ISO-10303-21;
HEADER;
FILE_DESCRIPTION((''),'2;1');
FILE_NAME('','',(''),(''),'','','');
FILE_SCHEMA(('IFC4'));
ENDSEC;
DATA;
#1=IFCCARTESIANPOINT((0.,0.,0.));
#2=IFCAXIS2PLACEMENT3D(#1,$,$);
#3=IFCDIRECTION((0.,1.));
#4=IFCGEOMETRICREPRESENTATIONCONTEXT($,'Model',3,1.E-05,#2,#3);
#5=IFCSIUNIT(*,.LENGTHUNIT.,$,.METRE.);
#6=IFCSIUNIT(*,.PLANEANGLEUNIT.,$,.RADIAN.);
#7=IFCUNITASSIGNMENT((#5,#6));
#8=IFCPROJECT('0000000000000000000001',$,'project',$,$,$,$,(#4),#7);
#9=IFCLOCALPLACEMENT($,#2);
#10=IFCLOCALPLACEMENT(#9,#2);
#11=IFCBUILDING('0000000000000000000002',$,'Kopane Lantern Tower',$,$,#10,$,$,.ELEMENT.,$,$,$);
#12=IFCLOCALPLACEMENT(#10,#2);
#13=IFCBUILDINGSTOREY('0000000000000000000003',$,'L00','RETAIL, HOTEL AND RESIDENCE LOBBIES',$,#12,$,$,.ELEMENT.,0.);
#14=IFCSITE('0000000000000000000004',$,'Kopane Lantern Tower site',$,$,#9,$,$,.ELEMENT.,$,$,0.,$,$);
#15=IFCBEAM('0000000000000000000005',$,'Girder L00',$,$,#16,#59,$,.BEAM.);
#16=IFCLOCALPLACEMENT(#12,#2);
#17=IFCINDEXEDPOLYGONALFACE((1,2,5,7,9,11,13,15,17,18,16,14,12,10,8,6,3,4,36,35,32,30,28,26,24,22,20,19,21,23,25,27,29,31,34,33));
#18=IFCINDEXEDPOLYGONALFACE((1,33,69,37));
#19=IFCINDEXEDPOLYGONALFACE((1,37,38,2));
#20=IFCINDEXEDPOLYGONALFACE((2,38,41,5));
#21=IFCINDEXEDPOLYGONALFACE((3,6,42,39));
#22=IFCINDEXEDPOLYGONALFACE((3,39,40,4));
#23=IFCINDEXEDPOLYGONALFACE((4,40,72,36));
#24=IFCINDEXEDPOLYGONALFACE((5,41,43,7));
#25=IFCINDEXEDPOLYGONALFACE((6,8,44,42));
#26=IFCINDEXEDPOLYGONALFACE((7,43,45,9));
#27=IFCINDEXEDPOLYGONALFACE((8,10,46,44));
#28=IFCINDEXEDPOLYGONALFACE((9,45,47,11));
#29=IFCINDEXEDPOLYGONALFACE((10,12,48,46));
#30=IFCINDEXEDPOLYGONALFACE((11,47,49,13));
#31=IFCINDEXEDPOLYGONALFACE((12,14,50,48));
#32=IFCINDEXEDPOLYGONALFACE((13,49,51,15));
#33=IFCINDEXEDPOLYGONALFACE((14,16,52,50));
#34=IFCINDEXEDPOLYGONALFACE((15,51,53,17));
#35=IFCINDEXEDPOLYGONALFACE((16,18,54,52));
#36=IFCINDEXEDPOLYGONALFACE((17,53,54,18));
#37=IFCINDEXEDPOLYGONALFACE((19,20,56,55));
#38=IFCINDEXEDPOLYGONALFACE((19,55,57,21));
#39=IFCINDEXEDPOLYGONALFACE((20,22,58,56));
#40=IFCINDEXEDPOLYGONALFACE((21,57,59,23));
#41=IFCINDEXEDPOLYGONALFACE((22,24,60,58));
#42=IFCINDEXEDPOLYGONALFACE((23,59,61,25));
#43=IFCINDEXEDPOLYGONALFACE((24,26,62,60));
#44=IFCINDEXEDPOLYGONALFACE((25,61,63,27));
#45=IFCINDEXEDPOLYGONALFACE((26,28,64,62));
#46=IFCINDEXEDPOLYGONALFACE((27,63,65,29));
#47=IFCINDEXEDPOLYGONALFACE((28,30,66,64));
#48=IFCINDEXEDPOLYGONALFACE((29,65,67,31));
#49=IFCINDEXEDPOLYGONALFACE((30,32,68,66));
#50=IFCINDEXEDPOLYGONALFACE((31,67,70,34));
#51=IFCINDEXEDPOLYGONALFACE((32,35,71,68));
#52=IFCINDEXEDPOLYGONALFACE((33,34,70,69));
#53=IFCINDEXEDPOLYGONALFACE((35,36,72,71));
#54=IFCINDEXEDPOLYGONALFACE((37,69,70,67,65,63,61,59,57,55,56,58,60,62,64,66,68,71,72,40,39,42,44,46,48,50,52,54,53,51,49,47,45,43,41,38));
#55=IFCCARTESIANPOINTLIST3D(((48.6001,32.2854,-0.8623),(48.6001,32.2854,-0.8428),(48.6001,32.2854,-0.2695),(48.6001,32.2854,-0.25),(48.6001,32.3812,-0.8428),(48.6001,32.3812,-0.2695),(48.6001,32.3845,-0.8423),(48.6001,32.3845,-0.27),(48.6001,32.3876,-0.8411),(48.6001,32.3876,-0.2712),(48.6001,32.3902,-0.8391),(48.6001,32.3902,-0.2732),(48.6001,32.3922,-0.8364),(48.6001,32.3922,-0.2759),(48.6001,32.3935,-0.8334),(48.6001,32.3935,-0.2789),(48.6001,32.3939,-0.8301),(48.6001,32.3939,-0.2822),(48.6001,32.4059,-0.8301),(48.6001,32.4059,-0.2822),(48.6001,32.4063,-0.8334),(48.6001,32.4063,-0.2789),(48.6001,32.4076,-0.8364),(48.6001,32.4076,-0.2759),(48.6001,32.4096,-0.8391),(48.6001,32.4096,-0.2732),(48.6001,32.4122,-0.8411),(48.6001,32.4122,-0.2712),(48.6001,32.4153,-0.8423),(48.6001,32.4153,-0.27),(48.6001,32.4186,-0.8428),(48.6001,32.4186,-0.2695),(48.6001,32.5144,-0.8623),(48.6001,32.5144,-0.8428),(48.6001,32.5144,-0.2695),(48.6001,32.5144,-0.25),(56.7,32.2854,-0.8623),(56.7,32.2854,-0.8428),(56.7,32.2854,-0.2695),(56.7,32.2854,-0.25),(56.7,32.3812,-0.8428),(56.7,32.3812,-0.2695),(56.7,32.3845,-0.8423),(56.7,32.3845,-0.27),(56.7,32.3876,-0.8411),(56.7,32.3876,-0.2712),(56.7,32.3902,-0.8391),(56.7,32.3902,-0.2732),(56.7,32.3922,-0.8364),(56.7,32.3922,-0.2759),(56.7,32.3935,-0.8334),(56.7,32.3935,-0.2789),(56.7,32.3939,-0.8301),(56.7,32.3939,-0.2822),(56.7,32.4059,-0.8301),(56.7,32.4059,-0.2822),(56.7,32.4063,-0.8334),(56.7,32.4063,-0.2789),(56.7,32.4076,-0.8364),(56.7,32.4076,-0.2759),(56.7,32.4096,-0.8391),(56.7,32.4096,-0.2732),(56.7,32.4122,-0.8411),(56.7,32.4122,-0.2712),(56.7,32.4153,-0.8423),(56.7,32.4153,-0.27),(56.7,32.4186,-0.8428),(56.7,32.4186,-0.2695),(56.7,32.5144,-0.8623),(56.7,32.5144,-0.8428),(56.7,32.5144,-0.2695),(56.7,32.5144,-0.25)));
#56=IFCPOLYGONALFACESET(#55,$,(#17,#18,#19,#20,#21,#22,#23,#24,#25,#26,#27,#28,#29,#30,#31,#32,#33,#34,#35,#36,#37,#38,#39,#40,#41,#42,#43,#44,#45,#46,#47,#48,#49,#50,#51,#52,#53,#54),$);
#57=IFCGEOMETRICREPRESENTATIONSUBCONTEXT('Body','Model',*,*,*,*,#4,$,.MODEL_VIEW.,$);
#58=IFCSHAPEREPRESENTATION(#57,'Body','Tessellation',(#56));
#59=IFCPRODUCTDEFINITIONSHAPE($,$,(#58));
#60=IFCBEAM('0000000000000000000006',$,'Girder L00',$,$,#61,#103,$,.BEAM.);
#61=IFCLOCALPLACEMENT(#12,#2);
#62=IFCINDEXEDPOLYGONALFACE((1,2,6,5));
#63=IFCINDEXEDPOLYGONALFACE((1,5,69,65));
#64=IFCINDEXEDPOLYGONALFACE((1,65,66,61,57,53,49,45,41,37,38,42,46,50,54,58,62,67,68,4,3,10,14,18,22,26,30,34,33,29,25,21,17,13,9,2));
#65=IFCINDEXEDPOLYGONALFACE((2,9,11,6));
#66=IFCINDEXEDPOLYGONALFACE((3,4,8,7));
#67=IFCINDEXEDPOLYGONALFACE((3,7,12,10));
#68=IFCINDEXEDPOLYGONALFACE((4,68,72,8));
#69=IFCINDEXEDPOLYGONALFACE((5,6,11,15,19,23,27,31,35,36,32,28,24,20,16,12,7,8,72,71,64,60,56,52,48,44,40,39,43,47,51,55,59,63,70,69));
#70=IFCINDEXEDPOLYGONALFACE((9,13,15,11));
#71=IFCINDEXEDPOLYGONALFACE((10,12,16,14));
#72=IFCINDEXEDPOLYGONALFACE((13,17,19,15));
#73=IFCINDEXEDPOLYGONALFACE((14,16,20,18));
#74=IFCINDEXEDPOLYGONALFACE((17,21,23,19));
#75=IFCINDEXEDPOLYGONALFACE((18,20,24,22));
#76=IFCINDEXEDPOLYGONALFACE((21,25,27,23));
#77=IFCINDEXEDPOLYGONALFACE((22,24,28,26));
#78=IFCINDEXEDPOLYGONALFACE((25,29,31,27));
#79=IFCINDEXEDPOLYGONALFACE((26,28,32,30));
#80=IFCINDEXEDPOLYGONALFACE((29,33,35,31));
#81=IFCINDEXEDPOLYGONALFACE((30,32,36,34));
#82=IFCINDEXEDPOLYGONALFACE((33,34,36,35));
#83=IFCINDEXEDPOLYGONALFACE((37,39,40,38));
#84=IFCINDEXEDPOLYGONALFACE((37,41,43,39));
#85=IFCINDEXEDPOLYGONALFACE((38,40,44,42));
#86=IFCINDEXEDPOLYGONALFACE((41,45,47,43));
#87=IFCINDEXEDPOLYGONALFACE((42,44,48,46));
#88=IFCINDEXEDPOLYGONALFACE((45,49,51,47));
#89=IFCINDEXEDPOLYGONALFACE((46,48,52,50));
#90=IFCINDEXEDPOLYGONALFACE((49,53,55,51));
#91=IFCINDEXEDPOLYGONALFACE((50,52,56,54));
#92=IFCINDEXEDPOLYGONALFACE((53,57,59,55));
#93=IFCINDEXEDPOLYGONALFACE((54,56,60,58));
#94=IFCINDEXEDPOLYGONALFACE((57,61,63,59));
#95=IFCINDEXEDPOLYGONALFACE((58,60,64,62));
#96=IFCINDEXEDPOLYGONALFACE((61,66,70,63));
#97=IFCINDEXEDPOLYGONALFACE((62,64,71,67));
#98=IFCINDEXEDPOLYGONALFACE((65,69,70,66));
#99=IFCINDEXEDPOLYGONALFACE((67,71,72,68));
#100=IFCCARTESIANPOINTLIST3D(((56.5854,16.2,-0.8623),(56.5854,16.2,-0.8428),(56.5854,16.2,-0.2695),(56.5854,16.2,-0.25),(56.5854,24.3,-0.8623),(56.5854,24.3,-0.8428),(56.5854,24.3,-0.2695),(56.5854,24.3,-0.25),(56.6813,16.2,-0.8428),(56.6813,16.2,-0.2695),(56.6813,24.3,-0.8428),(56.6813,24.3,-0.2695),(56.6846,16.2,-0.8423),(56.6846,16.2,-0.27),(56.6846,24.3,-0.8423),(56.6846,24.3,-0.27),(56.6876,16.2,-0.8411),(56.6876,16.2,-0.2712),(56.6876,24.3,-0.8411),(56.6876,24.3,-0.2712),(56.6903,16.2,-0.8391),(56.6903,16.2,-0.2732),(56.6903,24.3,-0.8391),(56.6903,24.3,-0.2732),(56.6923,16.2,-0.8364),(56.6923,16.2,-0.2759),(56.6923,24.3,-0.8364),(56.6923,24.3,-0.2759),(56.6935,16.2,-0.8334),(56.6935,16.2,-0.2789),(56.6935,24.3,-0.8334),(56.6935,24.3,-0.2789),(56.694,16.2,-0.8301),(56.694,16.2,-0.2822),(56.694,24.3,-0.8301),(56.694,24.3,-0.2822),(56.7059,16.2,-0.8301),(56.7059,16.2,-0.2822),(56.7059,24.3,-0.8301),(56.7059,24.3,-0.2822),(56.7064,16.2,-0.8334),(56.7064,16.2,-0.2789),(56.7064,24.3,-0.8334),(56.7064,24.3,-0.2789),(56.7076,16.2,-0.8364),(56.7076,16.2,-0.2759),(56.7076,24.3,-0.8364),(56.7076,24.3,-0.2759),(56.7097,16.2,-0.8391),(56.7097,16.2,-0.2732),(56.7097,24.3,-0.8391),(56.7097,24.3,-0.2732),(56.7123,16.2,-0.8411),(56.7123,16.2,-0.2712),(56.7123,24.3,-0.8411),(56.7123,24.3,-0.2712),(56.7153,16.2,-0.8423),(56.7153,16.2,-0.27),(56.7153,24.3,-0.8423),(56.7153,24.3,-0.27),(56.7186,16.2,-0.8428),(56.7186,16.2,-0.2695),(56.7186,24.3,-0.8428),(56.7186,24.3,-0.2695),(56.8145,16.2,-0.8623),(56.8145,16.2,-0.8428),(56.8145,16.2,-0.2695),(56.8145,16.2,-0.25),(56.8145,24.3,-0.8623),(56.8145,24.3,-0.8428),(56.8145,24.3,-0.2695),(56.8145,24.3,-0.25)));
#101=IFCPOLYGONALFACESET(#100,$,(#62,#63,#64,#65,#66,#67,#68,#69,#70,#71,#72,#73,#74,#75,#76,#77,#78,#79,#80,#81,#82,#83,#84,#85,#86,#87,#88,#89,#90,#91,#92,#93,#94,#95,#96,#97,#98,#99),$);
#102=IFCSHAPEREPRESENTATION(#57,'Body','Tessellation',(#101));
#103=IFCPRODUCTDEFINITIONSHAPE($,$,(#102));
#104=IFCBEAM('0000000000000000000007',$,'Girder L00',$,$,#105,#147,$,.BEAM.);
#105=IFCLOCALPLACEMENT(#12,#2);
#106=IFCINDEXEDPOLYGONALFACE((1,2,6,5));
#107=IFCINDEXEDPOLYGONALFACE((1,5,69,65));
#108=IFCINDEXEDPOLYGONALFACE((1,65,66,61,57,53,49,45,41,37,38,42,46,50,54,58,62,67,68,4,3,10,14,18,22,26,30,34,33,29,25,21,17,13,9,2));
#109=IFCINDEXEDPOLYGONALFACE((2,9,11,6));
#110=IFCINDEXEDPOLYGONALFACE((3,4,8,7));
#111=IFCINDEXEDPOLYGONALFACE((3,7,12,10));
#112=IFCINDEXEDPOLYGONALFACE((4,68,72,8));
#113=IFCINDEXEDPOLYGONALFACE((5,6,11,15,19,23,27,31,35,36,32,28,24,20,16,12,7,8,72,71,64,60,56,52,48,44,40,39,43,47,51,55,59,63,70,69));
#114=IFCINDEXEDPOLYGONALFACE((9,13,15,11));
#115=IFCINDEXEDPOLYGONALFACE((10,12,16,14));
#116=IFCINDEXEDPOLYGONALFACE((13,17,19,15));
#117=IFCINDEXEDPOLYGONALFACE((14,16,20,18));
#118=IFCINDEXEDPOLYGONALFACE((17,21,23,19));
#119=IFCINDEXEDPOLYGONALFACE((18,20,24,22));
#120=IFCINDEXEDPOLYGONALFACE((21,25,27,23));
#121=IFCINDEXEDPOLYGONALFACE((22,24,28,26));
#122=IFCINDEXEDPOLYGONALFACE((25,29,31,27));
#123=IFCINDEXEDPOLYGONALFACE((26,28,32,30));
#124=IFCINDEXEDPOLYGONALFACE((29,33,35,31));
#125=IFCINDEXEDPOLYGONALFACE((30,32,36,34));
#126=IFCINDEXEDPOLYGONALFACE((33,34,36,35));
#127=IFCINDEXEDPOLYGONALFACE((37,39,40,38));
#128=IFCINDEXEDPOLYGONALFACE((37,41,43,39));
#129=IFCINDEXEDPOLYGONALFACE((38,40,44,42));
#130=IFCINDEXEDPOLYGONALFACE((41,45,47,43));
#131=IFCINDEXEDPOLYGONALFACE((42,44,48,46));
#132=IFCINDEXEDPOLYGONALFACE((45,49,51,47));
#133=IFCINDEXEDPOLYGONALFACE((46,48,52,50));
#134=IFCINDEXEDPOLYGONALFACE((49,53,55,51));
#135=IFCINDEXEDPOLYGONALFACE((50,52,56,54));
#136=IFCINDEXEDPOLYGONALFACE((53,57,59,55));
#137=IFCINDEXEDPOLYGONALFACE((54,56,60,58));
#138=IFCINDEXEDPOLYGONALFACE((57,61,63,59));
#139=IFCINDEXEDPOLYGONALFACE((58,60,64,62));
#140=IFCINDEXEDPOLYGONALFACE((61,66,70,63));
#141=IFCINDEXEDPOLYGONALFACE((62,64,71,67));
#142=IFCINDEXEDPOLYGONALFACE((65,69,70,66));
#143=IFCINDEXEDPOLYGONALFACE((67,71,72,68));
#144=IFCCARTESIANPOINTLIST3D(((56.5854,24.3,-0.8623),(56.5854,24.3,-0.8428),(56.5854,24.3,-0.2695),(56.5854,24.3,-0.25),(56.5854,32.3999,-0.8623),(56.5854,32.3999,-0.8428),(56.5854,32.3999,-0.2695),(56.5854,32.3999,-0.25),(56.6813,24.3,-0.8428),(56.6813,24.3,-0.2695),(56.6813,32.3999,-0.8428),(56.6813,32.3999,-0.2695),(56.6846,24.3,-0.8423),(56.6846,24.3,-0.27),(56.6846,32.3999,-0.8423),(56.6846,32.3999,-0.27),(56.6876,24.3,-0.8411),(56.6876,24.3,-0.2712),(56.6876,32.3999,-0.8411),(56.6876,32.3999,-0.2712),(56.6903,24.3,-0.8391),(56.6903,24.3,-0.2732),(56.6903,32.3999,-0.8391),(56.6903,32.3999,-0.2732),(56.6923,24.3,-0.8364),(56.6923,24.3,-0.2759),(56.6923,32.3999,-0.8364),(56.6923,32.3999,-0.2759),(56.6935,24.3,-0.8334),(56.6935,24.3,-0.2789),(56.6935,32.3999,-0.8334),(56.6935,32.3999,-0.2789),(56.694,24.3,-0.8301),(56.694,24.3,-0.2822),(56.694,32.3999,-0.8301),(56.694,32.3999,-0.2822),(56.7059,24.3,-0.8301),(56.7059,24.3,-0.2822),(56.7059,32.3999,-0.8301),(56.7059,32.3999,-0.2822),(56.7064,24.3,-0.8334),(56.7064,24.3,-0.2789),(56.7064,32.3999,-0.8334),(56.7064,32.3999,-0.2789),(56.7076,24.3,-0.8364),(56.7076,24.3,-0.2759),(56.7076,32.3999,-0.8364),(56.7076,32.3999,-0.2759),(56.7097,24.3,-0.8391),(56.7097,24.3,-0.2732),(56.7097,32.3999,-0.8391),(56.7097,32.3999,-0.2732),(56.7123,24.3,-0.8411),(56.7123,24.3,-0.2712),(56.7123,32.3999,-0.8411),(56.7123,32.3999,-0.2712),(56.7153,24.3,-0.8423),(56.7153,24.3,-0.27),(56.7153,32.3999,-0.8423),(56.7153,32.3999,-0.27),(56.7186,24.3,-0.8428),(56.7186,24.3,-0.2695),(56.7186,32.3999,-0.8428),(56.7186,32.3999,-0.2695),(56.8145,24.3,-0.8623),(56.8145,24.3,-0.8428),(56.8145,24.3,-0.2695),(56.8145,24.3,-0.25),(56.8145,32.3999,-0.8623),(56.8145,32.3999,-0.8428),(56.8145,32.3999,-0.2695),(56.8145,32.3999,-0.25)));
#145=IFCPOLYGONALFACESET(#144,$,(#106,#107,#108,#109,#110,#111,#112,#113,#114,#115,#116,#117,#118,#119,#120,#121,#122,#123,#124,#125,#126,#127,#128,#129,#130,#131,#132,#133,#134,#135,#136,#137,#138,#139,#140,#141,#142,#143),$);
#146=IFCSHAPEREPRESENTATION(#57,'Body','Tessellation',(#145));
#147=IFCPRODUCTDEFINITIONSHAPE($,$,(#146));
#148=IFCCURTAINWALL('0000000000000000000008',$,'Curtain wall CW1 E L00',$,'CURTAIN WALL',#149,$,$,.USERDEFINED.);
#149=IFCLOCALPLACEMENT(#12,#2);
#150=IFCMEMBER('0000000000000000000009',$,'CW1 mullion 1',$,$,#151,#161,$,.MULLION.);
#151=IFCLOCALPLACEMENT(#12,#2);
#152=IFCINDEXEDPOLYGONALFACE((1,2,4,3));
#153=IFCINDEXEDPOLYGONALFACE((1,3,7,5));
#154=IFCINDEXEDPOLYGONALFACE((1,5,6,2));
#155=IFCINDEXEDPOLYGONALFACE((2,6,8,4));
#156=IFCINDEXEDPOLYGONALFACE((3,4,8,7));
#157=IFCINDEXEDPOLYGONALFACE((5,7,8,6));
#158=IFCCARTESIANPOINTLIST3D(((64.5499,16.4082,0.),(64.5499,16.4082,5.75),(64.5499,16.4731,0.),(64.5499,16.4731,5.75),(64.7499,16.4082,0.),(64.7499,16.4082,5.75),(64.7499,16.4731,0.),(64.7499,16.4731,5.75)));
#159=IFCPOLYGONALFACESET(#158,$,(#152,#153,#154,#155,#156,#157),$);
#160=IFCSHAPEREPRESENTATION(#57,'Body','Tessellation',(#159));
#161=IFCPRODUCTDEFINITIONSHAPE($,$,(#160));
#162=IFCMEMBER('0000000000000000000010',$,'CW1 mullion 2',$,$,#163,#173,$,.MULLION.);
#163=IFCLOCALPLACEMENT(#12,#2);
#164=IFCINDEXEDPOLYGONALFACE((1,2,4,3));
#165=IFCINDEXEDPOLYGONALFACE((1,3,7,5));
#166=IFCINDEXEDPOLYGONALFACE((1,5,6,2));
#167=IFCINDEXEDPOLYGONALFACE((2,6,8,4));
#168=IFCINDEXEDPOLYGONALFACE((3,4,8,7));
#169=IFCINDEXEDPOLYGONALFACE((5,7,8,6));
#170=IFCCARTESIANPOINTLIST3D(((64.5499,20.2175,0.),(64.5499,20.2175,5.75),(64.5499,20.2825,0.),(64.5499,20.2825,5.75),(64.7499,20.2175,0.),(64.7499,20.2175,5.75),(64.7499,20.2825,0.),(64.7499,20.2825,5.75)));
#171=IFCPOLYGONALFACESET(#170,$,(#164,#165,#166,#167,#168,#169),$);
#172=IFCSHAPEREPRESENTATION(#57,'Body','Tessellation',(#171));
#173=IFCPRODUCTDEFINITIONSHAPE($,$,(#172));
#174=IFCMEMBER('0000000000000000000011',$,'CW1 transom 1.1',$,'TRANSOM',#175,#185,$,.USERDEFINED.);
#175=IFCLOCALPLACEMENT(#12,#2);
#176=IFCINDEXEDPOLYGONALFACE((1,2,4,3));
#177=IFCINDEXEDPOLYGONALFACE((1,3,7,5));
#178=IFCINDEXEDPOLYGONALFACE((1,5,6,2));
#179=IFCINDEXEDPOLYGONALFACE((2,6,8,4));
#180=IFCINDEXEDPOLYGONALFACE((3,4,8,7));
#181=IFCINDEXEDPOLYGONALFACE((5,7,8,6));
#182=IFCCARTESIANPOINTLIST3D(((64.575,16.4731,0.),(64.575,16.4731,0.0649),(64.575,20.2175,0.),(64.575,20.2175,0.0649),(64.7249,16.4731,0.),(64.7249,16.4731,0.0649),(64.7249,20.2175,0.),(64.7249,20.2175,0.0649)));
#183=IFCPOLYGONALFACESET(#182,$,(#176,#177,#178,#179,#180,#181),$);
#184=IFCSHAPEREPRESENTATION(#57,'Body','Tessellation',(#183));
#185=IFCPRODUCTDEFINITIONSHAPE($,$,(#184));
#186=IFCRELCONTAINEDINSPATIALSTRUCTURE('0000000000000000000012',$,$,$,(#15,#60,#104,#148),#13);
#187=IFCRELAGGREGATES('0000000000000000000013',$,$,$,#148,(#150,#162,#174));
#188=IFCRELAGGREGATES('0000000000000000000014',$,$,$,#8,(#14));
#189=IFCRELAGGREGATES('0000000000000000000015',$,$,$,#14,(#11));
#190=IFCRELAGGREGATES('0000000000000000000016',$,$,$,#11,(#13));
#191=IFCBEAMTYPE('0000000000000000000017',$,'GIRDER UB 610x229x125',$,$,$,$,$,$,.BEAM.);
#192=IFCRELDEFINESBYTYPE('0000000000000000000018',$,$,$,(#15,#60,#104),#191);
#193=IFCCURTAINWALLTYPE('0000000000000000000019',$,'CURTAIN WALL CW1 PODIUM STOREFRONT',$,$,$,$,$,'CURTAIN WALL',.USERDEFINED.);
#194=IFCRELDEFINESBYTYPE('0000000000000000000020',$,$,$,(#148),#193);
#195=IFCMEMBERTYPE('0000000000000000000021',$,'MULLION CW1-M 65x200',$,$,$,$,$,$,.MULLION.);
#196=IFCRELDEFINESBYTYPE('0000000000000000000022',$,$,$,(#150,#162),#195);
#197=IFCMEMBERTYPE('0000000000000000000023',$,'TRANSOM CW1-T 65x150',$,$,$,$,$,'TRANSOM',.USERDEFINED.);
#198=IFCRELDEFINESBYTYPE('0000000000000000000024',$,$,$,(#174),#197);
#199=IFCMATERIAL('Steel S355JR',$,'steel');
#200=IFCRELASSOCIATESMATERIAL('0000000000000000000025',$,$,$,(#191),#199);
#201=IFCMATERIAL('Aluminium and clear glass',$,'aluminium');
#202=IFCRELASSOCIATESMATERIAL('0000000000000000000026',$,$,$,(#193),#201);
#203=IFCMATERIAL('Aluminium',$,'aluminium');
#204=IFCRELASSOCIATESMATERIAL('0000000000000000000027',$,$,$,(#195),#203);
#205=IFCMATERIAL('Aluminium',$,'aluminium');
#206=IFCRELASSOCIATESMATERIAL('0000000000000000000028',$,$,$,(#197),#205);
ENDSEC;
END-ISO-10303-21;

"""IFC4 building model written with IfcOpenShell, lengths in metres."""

from ifc_helpers import new_model, si_unit, direction, frame, origin, origin_2d, place, context, subcontext, project, spatial, rectangle, i_section, extrude, material, material_profile, profile_set, type_object, element, aggregate, save


model = new_model("IFC4")

# Units and contexts
model_context = context("Model", 3, precision=1e-05, world=origin(), true_north=direction((0.0, 1.0)))
body_context = subcontext(model_context, "Body", "Model", "MODEL_VIEW")
ifc_project = project(units=[si_unit("LENGTHUNIT", "METRE"), si_unit("PLANEANGLEUNIT", "RADIAN")], contexts=[model_context])

# Site, building, storey
site_placement = place(None, origin())
site = spatial("IfcSite", under=ifc_project, at=site_placement, Name="Kopane Lantern Tower site", CompositionType="ELEMENT", RefElevation=0.0)
building_placement = place(site_placement, origin())
building = spatial("IfcBuilding", under=site, at=building_placement, Name="Kopane Lantern Tower", CompositionType="ELEMENT")
storey_placement = place(building_placement, origin())
storey = spatial("IfcBuildingStorey", under=building, at=storey_placement, Name="L00", Description="RETAIL, HOTEL AND RESIDENCE LOBBIES", CompositionType="ELEMENT", Elevation=0.0)

# Beams
ifc_material_1 = material(Name="Steel S355JR", Category="steel")
ifc_material_profile_1 = material_profile(ifc_material_1, i_section(OverallWidth=0.229, OverallDepth=0.6123, WebThickness=0.012, FlangeThickness=0.0195, FilletRadius=0.0127, at=origin_2d()), Name="UB 610x229x125")
ifc_profile_set_1 = profile_set([ifc_material_profile_1], Name="Steel S355JR")
beam_type = type_object("IfcBeamType", Name="GIRDER UB 610x229x125", PredefinedType="BEAM", material=ifc_profile_set_1)
beam_1_placement = place(storey_placement, frame((48.6001, 32.3999, -0.5562), z_axis=(1.0, 0.0, 0.0), x_axis=(0.0, 1.0, 0.0)))
element("IfcBeam", 1, at=beam_1_placement, inside=storey, type_object=beam_type, Name="Girder L00", PredefinedType="BEAM", context=body_context, shape_type="SweptSolid", body=[
    extrude(i_section(OverallWidth=0.229, OverallDepth=0.6123, WebThickness=0.012, FlangeThickness=0.0195, FilletRadius=0.0127, at=origin_2d()), origin(), (0.0, 0.0, 1.0), 8.0999),
])
beam_2_placement = place(storey_placement, frame((56.7, 16.2, -0.5562), z_axis=(0.0, 1.0, 0.0), x_axis=(-1.0, 0.0, 0.0)))
element("IfcBeam", 2, at=beam_2_placement, inside=storey, type_object=beam_type, Name="Girder L00", PredefinedType="BEAM", context=body_context, shape_type="SweptSolid", body=[
    extrude(i_section(OverallWidth=0.229, OverallDepth=0.6123, WebThickness=0.012, FlangeThickness=0.0195, FilletRadius=0.0127, at=origin_2d()), origin(), (0.0, 0.0, 1.0), 8.1001),
])
beam_3_placement = place(storey_placement, frame((56.7, 24.3, -0.5562), z_axis=(0.0, 1.0, 0.0), x_axis=(-1.0, 0.0, 0.0)))
element("IfcBeam", 3, at=beam_3_placement, inside=storey, type_object=beam_type, Name="Girder L00", PredefinedType="BEAM", context=body_context, shape_type="SweptSolid", body=[
    extrude(i_section(OverallWidth=0.229, OverallDepth=0.6123, WebThickness=0.012, FlangeThickness=0.0195, FilletRadius=0.0127, at=origin_2d()), origin(), (0.0, 0.0, 1.0), 8.0999),
])

# Curtain wall, members
ifc_material_2 = material(Name="Aluminium and clear glass", Category="aluminium")
curtain_wall_type = type_object("IfcCurtainWallType", Name="CURTAIN WALL CW1 PODIUM STOREFRONT", ElementType="CURTAIN WALL", PredefinedType="USERDEFINED", material=ifc_material_2)
curtain_wall_placement = place(storey_placement, origin())
curtain_wall = element("IfcCurtainWall", 4, at=curtain_wall_placement, inside=storey, type_object=curtain_wall_type, Name="Curtain wall CW1 E L00", ObjectType="CURTAIN WALL", PredefinedType="USERDEFINED")
ifc_material_3 = material(Name="Aluminium", Category="aluminium")
ifc_material_profile_2 = material_profile(ifc_material_3, rectangle(XDim=0.0649, YDim=0.2, at=origin_2d()), Name="AL 65x200")
ifc_profile_set_2 = profile_set([ifc_material_profile_2], Name="Aluminium")
member_type_1 = type_object("IfcMemberType", Name="MULLION CW1-M 65x200", PredefinedType="MULLION", material=ifc_profile_set_2)
member_1_placement = place(storey_placement, frame((64.6499, 16.4407, 0.0), z_axis=(0.0, 0.0, 1.0), x_axis=(0.0, 1.0, 0.0)))
member_1 = element("IfcMember", 5, at=member_1_placement, type_object=member_type_1, Name="CW1 mullion 1", PredefinedType="MULLION", context=body_context, shape_type="SweptSolid", body=[
    extrude(rectangle(XDim=0.0649, YDim=0.2, at=origin_2d()), origin(), (0.0, 0.0, 1.0), 5.75),
])
member_2_placement = place(storey_placement, frame((64.6499, 20.25, 0.0), z_axis=(0.0, 0.0, 1.0), x_axis=(0.0, 1.0, 0.0)))
member_2 = element("IfcMember", 6, at=member_2_placement, type_object=member_type_1, Name="CW1 mullion 2", PredefinedType="MULLION", context=body_context, shape_type="SweptSolid", body=[
    extrude(rectangle(XDim=0.0649, YDim=0.2, at=origin_2d()), origin(), (0.0, 0.0, 1.0), 5.75),
])
ifc_material_4 = material(Name="Aluminium", Category="aluminium")
ifc_material_profile_3 = material_profile(ifc_material_4, rectangle(XDim=0.1499, YDim=0.0649, at=origin_2d()), Name="AL 150x65")
ifc_profile_set_3 = profile_set([ifc_material_profile_3], Name="Aluminium")
member_type_2 = type_object("IfcMemberType", Name="TRANSOM CW1-T 65x150", ElementType="TRANSOM", PredefinedType="USERDEFINED", material=ifc_profile_set_3)
member_3_placement = place(storey_placement, frame((64.6499, 16.4731, 0.0325), z_axis=(0.0, 1.0, 0.0), x_axis=(-1.0, 0.0, 0.0)))
member_3 = element("IfcMember", 7, at=member_3_placement, type_object=member_type_2, Name="CW1 transom 1.1", ObjectType="TRANSOM", PredefinedType="USERDEFINED", context=body_context, shape_type="SweptSolid", body=[
    extrude(rectangle(XDim=0.1499, YDim=0.0649, at=origin_2d()), origin(), (0.0, 0.0, 1.0), 3.7444),
])
aggregate(curtain_wall, [member_1, member_2, member_3])

save(model, "model.ifc")
